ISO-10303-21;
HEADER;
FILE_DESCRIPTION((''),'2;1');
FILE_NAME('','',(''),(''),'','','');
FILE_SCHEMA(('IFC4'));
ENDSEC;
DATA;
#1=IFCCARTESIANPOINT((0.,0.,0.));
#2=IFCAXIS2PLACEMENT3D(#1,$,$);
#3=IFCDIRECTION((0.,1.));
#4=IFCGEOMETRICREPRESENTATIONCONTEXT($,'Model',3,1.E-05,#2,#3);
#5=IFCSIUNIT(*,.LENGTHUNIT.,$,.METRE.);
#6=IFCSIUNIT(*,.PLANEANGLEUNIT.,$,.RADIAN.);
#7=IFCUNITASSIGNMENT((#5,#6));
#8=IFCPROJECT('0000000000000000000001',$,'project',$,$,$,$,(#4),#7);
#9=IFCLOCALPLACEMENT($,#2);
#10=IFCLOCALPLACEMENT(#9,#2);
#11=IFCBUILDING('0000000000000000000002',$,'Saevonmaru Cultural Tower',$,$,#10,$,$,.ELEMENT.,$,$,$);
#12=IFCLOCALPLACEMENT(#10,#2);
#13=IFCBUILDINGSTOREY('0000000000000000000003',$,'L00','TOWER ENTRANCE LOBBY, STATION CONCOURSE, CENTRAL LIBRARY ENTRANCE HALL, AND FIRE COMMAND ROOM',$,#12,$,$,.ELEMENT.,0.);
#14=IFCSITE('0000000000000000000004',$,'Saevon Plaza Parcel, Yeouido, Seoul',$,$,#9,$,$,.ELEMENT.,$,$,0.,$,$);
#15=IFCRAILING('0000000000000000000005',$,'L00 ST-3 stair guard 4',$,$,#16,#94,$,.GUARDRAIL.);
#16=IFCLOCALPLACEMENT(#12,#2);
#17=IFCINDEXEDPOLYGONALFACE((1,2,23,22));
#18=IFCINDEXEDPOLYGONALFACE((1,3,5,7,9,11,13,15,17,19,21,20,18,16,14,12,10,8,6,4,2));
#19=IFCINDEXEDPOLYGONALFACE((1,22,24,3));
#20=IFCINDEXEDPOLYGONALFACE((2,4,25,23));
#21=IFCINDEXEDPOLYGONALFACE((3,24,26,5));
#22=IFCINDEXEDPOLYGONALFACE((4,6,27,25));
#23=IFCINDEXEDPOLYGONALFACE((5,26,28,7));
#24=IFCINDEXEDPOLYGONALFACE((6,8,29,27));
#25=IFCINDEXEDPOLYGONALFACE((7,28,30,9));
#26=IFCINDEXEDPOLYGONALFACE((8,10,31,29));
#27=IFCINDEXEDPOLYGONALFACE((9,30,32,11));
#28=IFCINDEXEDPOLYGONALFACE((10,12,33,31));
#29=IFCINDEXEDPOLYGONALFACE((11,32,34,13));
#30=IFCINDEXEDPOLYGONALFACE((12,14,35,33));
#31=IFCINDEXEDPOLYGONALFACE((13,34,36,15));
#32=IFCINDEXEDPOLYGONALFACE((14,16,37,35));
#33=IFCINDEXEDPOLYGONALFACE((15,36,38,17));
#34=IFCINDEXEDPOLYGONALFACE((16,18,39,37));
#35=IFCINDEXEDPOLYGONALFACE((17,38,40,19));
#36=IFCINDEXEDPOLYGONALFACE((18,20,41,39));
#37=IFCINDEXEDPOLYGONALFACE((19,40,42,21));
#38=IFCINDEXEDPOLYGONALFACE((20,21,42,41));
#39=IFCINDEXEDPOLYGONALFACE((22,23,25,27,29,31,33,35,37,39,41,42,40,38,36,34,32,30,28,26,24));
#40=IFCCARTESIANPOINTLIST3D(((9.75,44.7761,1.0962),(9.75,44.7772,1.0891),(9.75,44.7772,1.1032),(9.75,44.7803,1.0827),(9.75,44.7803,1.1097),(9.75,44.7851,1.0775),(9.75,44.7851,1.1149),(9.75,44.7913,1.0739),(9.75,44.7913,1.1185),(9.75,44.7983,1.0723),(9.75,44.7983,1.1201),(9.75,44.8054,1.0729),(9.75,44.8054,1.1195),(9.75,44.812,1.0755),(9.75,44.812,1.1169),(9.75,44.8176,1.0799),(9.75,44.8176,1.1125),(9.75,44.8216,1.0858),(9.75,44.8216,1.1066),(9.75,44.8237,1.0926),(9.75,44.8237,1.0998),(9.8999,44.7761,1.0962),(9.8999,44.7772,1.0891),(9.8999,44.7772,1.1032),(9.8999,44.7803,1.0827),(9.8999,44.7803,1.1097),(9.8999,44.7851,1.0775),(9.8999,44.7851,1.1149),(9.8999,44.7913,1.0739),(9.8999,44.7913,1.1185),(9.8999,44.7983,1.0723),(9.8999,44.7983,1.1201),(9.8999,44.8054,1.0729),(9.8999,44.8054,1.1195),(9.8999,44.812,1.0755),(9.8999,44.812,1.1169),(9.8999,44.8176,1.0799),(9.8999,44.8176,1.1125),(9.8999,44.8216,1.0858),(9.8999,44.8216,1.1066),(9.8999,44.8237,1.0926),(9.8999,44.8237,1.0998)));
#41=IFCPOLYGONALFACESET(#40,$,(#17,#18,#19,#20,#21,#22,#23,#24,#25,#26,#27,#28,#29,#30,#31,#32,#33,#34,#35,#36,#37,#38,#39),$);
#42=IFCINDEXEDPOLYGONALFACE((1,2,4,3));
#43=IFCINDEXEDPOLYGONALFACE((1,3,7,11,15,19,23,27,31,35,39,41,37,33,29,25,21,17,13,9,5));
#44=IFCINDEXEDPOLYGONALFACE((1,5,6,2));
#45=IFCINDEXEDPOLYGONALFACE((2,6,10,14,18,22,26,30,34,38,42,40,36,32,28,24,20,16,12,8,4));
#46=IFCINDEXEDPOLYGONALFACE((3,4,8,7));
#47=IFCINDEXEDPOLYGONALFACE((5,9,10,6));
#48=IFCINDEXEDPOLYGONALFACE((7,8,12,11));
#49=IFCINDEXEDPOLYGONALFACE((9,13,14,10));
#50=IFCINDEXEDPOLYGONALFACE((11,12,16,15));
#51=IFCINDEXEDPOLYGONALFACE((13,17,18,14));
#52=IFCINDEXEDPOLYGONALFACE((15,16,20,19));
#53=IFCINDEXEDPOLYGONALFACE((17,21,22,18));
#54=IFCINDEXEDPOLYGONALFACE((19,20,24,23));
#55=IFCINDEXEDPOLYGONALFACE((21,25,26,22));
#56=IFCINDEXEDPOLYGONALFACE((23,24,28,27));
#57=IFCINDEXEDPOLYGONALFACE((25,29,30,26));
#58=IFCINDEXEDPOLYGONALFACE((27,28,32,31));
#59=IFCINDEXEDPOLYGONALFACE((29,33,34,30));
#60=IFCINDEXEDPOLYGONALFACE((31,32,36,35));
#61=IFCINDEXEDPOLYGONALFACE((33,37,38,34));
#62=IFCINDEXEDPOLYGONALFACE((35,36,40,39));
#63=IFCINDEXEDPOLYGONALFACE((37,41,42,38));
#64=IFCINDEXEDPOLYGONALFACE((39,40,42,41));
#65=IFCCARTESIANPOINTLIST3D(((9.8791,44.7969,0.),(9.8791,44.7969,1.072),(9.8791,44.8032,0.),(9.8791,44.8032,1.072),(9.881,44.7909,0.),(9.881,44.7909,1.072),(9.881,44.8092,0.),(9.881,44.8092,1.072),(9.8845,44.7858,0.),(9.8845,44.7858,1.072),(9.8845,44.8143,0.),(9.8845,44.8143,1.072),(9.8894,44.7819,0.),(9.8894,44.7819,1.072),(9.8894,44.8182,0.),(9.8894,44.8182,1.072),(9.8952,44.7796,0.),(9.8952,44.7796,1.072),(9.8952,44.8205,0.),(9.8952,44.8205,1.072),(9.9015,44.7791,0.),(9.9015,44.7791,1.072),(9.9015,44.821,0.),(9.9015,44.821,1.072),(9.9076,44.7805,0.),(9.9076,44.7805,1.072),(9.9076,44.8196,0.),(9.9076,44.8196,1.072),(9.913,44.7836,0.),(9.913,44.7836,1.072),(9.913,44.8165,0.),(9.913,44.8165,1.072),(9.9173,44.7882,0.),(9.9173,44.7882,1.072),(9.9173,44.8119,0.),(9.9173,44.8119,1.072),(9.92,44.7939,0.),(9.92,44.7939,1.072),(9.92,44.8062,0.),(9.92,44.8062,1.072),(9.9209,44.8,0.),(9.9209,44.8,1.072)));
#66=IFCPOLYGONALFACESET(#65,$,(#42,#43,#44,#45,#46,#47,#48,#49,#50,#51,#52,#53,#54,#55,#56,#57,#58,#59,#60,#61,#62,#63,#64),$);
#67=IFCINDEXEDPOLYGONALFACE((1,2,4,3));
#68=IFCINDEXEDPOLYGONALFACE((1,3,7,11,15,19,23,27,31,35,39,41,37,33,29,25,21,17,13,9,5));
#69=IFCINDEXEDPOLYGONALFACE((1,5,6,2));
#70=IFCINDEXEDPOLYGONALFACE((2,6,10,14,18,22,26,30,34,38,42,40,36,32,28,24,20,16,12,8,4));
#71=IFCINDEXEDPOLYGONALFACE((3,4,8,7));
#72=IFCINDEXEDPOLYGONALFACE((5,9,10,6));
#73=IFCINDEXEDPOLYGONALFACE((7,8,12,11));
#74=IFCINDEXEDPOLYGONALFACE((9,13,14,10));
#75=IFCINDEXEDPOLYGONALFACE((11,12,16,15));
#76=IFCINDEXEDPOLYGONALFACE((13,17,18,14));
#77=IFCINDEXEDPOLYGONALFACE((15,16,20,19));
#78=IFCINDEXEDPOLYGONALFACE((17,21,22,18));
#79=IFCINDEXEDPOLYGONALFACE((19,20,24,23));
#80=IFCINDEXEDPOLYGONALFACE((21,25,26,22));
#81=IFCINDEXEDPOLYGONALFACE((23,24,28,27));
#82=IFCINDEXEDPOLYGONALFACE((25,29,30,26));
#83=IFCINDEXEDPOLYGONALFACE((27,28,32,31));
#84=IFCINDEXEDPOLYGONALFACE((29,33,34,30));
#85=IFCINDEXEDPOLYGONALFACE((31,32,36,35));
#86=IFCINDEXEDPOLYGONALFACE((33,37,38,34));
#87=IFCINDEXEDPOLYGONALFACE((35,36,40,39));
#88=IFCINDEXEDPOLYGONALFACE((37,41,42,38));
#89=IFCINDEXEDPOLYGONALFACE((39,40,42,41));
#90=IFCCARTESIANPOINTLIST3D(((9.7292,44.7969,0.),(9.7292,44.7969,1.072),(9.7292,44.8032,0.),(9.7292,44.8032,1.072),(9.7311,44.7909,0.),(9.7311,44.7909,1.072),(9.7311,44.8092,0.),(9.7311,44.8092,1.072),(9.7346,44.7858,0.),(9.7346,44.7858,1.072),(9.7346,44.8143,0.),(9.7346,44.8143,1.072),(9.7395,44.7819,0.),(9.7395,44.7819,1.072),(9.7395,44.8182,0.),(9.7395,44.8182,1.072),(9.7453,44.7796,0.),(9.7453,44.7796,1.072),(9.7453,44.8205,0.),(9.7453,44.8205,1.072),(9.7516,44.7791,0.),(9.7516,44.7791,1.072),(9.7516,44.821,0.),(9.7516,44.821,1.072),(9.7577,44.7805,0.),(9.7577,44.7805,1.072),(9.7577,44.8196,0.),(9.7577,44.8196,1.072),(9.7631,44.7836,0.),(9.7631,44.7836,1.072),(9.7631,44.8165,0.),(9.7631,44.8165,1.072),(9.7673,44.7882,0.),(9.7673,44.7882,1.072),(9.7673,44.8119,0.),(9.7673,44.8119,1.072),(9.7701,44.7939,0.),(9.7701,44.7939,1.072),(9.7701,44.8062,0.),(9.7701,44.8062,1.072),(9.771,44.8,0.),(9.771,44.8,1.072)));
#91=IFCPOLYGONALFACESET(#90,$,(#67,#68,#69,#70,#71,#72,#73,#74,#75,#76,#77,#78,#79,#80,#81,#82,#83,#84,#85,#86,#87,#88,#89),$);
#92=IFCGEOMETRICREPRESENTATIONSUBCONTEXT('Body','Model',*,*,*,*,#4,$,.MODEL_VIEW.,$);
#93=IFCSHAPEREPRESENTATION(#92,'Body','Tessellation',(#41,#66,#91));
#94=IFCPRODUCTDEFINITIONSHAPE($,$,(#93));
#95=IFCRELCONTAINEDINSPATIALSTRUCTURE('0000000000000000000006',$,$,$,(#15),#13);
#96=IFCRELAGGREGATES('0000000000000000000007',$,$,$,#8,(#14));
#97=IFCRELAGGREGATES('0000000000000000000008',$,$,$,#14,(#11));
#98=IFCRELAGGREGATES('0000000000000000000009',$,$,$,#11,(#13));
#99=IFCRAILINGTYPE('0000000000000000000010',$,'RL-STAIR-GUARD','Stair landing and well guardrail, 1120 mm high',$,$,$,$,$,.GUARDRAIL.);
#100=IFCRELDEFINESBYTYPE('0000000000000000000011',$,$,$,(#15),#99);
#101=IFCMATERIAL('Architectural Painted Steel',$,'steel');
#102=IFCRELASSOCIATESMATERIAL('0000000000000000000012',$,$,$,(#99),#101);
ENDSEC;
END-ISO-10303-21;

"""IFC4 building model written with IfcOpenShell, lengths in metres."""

from ifc_helpers import new_model, si_unit, direction, frame, origin, origin_2d, place, context, subcontext, project, spatial, circle, extrude, material, type_object, element, save


model = new_model("IFC4")

# Units and contexts
model_context = context("Model", 3, precision=1e-05, world=origin(), true_north=direction((0.0, 1.0)))
body_context = subcontext(model_context, "Body", "Model", "MODEL_VIEW")
ifc_project = project(units=[si_unit("LENGTHUNIT", "METRE"), si_unit("PLANEANGLEUNIT", "RADIAN")], contexts=[model_context])

# Site, building, storey
site_placement = place(None, origin())
site = spatial("IfcSite", under=ifc_project, at=site_placement, Name="Saevon Plaza Parcel, Yeouido, Seoul", CompositionType="ELEMENT", RefElevation=0.0)
building_placement = place(site_placement, origin())
building = spatial("IfcBuilding", under=site, at=building_placement, Name="Saevonmaru Cultural Tower", CompositionType="ELEMENT")
storey_placement = place(building_placement, origin())
storey = spatial("IfcBuildingStorey", under=building, at=storey_placement, Name="L00", Description="TOWER ENTRANCE LOBBY, STATION CONCOURSE, CENTRAL LIBRARY ENTRANCE HALL, AND FIRE COMMAND ROOM", CompositionType="ELEMENT", Elevation=0.0)

# Railing
ifc_material_1 = material(Name="Architectural Painted Steel", Category="steel")
railing_type_1 = type_object("IfcRailingType", Name="RL-STAIR-GUARD", Description="Stair landing and well guardrail, 1120 mm high", PredefinedType="GUARDRAIL", material=ifc_material_1)
railing_1_placement = place(storey_placement, frame((9.8999, 44.8, 0.0)))
element("IfcRailing", 1, at=railing_1_placement, inside=storey, type_object=railing_type_1, Name="L00 ST-3 stair guard 4", PredefinedType="GUARDRAIL", context=body_context, shape_type="SweptSolid", body=[
    extrude(circle(Radius=0.0239, at=origin_2d()), frame((0.0, 0.0, 1.0962), z_axis=(-1.0, 0.0, 0.0), x_axis=(0.0, -1.0, 0.0)), (0.0, 0.0, 1.0), 0.1499),
    extrude(circle(Radius=0.021, at=origin_2d()), origin(), (0.0, 0.0, 1.0), 1.072),
    extrude(circle(Radius=0.021, at=origin_2d()), frame((-0.1499, 0.0, 0.0)), (0.0, 0.0, 1.0), 1.072),
])

save(model, "model.ifc")
